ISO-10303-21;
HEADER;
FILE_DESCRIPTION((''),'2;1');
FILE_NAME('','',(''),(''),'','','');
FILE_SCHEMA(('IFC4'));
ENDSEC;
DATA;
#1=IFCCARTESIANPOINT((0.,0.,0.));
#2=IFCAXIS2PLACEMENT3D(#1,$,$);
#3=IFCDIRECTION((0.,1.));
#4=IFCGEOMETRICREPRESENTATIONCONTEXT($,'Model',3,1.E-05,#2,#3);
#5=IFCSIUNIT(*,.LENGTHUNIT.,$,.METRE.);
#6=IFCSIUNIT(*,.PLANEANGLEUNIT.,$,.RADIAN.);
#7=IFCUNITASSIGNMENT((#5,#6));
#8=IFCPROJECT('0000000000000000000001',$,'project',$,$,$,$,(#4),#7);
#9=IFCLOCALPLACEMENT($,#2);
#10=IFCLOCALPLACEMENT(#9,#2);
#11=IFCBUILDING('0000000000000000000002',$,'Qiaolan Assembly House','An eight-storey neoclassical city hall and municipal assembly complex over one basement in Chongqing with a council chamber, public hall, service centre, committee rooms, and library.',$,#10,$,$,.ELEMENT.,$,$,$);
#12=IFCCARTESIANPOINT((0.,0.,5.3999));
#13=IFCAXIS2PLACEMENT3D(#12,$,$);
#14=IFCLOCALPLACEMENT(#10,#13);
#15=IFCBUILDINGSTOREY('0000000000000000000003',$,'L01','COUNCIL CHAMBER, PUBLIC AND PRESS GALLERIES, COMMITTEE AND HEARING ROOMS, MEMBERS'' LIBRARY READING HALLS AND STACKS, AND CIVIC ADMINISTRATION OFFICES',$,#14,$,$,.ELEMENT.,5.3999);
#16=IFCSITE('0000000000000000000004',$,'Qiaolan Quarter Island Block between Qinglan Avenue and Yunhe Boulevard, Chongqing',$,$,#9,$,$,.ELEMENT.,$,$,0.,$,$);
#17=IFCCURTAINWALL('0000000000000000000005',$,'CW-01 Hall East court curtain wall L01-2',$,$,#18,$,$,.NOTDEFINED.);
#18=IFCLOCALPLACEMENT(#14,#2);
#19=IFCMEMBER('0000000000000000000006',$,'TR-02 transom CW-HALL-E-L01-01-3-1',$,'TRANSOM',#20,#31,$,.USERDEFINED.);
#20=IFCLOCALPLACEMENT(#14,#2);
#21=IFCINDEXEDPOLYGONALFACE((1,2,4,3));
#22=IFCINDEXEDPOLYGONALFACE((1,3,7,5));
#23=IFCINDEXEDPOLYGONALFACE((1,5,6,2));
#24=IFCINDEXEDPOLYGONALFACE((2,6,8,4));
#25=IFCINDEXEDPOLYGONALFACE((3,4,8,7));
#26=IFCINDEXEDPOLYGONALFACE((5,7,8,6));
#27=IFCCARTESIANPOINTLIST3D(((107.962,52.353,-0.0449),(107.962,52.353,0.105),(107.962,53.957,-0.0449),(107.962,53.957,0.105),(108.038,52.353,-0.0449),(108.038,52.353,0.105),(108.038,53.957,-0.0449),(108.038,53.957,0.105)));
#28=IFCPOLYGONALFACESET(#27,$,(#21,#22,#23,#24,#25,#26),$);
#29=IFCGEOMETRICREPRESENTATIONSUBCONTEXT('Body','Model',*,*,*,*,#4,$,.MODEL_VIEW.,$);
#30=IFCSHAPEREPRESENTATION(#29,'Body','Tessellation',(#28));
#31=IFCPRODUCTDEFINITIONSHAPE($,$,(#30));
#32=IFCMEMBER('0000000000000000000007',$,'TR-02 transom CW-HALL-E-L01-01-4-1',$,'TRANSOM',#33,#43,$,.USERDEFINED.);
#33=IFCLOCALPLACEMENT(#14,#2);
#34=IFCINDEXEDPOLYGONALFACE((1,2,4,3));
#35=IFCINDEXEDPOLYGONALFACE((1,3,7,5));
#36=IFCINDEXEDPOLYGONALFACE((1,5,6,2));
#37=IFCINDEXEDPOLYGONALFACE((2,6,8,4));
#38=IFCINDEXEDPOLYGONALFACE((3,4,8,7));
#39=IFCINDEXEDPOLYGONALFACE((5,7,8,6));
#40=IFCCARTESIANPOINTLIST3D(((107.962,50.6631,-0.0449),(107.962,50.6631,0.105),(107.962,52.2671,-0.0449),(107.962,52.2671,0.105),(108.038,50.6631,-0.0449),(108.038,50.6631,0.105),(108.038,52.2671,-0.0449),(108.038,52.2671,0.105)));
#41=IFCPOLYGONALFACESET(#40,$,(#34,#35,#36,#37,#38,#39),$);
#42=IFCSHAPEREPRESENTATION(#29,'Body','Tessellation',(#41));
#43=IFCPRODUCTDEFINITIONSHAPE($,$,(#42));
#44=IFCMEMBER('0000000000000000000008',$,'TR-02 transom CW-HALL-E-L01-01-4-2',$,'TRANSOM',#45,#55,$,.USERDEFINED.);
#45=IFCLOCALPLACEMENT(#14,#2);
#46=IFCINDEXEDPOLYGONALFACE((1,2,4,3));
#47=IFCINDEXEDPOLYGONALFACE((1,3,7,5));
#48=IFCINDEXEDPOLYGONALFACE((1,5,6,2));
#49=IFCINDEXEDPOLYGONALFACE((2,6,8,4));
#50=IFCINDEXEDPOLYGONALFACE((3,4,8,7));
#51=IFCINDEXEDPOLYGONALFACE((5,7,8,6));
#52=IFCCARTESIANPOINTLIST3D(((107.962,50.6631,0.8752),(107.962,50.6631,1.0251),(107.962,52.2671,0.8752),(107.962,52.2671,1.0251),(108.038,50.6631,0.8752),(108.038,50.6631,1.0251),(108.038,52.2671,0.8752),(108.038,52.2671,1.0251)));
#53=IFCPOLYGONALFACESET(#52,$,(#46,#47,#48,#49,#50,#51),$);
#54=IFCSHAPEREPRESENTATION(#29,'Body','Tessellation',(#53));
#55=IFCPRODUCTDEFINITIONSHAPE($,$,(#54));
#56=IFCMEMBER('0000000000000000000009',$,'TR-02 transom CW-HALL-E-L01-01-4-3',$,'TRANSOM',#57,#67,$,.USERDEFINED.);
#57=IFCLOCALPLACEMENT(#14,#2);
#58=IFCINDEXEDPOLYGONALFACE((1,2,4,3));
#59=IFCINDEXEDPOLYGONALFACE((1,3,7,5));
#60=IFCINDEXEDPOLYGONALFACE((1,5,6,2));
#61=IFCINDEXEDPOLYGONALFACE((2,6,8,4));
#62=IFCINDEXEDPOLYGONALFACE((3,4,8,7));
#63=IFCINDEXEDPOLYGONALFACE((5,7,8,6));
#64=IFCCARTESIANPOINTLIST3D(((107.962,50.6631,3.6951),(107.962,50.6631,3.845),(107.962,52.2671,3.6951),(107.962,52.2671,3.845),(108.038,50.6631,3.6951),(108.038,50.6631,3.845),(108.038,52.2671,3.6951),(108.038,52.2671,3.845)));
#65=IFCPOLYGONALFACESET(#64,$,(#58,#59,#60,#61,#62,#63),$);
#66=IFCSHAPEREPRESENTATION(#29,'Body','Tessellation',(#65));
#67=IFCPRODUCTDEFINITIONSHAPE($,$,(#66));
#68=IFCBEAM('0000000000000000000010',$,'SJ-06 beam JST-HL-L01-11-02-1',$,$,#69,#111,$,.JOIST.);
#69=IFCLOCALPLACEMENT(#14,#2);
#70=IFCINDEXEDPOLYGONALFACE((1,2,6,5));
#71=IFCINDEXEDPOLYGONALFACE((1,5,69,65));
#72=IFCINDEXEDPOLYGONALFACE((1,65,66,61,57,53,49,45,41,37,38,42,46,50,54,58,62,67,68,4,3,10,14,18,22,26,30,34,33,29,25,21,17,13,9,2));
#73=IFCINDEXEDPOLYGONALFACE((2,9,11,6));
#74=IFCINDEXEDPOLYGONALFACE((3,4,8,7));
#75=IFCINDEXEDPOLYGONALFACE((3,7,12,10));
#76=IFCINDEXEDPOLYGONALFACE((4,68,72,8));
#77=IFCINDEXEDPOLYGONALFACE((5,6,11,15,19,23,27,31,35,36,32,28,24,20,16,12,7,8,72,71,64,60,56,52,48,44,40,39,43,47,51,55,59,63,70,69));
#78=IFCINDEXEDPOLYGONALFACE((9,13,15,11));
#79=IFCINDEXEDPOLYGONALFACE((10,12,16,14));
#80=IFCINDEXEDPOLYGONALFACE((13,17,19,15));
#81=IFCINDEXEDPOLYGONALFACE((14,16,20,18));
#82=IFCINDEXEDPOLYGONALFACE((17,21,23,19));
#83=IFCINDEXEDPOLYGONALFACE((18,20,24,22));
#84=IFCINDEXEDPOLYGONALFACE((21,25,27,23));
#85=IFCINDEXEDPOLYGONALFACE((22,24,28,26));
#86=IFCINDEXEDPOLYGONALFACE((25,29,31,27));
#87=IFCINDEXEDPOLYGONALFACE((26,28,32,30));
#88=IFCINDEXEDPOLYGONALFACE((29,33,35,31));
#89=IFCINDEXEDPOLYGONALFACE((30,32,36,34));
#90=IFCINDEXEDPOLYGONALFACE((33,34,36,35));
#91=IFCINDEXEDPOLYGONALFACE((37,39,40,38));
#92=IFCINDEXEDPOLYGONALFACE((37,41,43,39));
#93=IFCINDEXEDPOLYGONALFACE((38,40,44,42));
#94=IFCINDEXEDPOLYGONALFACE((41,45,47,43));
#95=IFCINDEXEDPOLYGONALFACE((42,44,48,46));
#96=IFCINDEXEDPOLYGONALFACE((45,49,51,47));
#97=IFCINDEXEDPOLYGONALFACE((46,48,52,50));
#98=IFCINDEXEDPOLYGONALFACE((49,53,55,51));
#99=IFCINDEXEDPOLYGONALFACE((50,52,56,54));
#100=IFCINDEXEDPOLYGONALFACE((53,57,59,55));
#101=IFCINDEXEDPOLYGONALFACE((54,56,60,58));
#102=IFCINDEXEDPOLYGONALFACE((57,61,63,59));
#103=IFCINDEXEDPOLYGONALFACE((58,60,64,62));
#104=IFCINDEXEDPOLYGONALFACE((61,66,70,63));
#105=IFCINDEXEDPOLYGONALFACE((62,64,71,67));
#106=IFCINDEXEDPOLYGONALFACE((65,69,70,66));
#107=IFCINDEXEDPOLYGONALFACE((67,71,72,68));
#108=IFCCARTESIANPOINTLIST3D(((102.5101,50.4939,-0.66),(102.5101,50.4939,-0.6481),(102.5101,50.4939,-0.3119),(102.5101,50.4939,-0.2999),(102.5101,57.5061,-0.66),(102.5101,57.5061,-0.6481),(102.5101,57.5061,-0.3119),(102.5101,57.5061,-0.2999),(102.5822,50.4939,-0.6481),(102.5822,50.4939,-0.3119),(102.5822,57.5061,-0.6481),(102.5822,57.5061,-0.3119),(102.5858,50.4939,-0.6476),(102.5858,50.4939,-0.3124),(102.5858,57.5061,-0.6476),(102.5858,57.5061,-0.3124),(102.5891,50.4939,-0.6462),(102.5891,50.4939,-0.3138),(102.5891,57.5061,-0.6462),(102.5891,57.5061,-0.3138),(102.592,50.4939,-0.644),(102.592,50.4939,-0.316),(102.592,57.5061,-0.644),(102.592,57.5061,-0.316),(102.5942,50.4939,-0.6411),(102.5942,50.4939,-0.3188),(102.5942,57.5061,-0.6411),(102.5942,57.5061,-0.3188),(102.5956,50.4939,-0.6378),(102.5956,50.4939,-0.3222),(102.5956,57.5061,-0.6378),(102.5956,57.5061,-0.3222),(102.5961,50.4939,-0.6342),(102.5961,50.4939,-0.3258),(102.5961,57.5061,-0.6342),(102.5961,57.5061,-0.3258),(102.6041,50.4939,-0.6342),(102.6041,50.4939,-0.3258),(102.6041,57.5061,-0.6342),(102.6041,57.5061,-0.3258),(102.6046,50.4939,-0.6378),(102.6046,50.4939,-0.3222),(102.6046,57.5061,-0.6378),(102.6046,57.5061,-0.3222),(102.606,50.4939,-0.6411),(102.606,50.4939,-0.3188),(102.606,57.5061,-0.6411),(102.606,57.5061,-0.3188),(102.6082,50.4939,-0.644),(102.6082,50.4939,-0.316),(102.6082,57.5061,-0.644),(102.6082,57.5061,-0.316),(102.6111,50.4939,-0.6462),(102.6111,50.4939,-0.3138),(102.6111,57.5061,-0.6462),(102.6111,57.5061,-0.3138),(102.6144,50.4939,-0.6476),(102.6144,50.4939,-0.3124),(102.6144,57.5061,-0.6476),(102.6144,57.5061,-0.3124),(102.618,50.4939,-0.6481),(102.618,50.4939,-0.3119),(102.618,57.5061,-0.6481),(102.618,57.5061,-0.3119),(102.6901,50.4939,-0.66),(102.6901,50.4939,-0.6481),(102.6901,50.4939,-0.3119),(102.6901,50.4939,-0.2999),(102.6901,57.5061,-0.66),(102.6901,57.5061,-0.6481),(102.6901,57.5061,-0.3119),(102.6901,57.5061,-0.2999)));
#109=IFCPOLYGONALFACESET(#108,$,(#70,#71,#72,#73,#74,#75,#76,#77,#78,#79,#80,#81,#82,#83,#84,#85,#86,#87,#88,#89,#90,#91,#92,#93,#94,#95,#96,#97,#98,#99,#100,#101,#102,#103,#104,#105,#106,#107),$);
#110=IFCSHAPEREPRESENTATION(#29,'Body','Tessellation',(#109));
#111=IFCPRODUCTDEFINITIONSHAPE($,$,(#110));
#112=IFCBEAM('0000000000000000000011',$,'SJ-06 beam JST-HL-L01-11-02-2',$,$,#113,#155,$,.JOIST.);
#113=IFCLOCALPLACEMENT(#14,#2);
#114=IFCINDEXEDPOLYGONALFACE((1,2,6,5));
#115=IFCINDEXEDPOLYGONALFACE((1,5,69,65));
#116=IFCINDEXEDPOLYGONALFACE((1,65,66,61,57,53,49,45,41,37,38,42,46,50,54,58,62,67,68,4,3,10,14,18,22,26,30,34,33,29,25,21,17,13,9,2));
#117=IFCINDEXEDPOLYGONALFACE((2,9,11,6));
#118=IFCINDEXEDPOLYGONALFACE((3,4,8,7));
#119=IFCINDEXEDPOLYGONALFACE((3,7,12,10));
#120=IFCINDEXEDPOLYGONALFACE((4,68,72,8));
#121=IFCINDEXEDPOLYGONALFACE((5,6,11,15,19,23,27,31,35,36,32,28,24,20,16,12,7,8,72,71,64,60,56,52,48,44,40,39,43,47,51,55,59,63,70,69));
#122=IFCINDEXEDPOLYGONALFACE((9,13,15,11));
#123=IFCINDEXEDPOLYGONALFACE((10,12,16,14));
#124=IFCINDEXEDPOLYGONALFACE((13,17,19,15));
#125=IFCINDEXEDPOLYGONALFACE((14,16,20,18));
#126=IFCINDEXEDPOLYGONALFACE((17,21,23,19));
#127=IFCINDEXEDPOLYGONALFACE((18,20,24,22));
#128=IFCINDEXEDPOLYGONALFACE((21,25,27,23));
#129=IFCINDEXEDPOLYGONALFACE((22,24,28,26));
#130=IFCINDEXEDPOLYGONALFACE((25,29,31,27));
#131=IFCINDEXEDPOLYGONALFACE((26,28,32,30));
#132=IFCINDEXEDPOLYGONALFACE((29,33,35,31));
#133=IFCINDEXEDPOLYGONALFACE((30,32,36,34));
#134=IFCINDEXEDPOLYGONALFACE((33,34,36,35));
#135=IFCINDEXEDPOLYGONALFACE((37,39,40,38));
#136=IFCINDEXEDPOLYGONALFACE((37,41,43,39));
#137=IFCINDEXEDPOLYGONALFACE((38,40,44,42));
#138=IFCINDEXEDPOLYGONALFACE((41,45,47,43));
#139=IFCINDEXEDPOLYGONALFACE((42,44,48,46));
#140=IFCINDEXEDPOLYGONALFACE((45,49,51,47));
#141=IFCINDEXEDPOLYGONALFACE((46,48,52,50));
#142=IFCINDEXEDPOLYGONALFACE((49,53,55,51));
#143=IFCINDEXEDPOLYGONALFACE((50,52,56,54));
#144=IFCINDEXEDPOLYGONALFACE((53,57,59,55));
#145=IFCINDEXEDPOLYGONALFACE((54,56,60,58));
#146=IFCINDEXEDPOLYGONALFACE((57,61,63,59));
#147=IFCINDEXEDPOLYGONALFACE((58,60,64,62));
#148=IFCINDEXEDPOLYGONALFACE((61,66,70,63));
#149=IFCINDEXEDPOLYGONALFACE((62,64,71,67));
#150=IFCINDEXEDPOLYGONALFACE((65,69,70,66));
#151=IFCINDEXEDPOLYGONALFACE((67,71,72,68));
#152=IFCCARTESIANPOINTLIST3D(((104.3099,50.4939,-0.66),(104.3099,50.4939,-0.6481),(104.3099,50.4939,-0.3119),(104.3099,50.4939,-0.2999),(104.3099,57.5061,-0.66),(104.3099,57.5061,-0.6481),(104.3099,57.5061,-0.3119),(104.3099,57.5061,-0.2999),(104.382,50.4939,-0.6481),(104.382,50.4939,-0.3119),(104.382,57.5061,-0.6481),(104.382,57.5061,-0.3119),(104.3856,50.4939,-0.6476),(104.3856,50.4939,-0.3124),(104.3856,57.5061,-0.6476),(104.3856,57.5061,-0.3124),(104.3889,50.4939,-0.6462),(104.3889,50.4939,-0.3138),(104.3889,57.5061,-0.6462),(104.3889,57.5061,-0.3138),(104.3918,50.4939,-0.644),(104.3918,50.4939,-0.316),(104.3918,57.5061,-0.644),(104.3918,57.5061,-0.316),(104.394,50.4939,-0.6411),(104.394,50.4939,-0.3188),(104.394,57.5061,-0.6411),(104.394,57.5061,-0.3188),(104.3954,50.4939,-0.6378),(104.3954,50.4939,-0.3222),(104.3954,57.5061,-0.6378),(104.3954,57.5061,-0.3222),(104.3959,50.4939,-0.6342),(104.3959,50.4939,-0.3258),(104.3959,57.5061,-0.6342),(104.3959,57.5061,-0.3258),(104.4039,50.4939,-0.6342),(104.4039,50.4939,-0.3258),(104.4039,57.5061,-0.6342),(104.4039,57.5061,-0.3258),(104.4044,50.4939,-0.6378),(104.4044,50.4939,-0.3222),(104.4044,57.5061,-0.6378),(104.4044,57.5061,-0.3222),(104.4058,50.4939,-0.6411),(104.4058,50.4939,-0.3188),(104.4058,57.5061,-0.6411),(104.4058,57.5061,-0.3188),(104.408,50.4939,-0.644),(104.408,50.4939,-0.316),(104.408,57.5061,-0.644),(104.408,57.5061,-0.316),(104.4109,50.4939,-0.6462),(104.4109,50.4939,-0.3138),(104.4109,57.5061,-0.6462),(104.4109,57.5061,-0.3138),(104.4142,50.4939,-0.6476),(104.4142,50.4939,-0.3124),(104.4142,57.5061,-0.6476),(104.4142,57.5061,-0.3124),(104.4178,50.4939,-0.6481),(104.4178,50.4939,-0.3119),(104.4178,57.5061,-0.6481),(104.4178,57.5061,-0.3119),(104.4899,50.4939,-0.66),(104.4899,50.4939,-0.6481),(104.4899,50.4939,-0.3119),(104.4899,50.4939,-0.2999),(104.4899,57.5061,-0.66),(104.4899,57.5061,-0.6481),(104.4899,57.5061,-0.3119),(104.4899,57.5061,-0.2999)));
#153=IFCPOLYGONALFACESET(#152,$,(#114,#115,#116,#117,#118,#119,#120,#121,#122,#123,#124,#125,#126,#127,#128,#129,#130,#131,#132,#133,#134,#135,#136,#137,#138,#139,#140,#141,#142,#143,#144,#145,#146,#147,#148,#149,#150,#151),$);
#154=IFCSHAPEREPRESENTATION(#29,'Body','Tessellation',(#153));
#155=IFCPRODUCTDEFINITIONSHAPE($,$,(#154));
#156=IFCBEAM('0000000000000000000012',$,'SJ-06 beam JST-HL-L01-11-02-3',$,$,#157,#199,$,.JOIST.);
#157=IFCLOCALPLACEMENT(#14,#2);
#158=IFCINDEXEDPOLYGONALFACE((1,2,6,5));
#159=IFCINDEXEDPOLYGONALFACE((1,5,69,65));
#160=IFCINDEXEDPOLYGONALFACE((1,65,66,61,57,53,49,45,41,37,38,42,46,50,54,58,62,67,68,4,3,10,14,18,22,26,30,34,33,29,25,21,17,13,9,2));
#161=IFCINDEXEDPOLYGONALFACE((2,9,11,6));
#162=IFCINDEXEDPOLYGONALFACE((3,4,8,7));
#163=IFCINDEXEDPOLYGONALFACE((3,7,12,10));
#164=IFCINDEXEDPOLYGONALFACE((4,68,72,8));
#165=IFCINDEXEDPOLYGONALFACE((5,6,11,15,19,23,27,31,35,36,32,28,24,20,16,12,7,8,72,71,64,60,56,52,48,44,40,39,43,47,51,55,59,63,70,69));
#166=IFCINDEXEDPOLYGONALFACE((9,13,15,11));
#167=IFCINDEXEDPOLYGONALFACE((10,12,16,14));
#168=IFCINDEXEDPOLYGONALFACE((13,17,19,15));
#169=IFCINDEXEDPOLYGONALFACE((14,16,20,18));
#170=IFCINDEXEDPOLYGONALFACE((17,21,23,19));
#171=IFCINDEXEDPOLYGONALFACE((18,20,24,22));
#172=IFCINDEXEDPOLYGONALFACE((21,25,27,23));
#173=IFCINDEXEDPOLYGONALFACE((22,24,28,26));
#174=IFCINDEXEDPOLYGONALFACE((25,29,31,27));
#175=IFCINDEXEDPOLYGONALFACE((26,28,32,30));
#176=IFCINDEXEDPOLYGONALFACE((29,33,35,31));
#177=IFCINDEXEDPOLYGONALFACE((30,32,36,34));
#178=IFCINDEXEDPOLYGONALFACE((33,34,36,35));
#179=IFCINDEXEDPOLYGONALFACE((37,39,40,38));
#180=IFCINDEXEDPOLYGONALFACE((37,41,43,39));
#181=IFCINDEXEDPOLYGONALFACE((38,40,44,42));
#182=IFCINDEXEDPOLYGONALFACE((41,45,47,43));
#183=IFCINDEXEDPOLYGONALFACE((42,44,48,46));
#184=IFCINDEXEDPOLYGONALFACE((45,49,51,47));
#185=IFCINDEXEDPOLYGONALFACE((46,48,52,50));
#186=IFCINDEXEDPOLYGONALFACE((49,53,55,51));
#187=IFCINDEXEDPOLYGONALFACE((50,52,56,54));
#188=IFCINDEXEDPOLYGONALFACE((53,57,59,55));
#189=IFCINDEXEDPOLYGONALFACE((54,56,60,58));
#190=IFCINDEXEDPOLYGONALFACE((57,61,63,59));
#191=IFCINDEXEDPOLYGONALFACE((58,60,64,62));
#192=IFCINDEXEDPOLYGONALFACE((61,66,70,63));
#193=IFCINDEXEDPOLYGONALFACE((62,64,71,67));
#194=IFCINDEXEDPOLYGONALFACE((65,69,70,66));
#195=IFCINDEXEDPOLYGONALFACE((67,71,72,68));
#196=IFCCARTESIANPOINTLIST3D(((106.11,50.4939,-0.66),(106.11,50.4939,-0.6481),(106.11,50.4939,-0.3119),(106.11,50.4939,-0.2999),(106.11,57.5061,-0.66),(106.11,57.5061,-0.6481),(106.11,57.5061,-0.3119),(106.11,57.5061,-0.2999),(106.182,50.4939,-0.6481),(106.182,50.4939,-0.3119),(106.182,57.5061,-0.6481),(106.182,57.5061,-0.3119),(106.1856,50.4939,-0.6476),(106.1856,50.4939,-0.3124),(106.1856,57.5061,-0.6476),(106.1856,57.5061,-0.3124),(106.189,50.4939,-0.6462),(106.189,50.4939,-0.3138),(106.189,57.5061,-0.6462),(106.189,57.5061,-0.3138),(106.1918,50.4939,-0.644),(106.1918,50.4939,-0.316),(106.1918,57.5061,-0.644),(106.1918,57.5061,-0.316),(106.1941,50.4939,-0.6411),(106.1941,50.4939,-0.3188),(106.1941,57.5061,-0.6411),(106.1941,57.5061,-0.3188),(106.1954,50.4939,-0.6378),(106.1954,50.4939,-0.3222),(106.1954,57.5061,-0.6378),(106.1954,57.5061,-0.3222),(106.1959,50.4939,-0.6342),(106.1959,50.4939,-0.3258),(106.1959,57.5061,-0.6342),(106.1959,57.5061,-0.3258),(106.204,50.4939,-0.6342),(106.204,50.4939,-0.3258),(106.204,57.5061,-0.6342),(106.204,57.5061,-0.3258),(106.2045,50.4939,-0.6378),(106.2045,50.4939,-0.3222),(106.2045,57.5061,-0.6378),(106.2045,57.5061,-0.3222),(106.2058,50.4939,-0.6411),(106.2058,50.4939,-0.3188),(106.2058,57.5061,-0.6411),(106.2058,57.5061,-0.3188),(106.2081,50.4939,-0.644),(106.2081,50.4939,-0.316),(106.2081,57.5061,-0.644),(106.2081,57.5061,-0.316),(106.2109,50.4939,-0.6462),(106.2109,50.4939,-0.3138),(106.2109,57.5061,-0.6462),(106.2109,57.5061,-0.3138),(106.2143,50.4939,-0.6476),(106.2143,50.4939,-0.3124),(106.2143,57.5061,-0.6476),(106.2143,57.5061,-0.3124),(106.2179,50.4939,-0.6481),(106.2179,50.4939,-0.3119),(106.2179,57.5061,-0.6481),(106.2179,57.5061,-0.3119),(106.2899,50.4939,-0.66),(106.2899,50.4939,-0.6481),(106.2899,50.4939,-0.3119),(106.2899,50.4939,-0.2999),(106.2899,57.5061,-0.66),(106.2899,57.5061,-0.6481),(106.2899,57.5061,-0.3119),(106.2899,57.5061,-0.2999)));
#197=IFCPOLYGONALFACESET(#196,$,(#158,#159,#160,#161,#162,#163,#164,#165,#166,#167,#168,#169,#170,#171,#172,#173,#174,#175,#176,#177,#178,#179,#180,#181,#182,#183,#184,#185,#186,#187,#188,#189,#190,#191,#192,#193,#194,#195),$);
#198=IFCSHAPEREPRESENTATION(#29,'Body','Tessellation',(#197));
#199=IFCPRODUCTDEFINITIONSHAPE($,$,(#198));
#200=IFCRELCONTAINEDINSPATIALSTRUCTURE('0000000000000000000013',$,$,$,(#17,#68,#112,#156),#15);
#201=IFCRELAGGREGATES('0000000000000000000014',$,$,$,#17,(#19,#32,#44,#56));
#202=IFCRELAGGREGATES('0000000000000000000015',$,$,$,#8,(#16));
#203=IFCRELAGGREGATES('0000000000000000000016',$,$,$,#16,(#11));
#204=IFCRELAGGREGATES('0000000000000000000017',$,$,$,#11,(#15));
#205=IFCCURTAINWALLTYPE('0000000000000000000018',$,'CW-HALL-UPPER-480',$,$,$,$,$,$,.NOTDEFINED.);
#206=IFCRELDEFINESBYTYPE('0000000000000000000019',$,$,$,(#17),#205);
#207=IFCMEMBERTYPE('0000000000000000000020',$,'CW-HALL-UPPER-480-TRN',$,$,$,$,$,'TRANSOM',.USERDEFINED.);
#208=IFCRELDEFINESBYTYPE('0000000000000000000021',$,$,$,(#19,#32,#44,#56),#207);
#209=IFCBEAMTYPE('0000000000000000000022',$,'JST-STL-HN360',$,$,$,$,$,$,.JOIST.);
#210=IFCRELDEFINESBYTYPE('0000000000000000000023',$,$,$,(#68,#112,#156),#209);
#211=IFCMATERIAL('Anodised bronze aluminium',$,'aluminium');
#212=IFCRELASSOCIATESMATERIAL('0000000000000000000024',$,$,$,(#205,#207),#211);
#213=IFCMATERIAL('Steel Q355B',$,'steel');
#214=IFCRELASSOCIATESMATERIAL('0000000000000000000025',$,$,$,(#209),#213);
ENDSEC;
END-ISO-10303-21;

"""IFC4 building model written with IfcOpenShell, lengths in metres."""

from ifc_helpers import new_model, si_unit, direction, frame, origin, origin_2d, place, context, subcontext, project, spatial, rectangle, i_section, extrude, material, material_profile, profile_set, type_object, element, aggregate, save


model = new_model("IFC4")

# Units and contexts
model_context = context("Model", 3, precision=1e-05, world=origin(), true_north=direction((0.0, 1.0)))
body_context = subcontext(model_context, "Body", "Model", "MODEL_VIEW")
ifc_project = project(units=[si_unit("LENGTHUNIT", "METRE"), si_unit("PLANEANGLEUNIT", "RADIAN")], contexts=[model_context])

# Site, building, storey
site_placement = place(None, origin())
site = spatial("IfcSite", under=ifc_project, at=site_placement, Name="Qiaolan Quarter Island Block between Qinglan Avenue and Yunhe Boulevard, Chongqing", CompositionType="ELEMENT", RefElevation=0.0)
building_placement = place(site_placement, origin())
building = spatial("IfcBuilding", under=site, at=building_placement, Name="Qiaolan Assembly House", Description="An eight-storey neoclassical city hall and municipal assembly complex over one basement in Chongqing with a council chamber, public hall, service centre, committee rooms, and library.", CompositionType="ELEMENT")
storey_placement = place(building_placement, frame((0.0, 0.0, 5.3999)))
storey = spatial("IfcBuildingStorey", under=building, at=storey_placement, Name="L01", Description="COUNCIL CHAMBER, PUBLIC AND PRESS GALLERIES, COMMITTEE AND HEARING ROOMS, MEMBERS' LIBRARY READING HALLS AND STACKS, AND CIVIC ADMINISTRATION OFFICES", CompositionType="ELEMENT", Elevation=5.3999)

# Shared definitions
ifc_material_1 = material(Name="Steel Q355B", Category="steel")

# Curtain wall
ifc_material_2 = material(Name="Anodised bronze aluminium", Category="aluminium")
curtain_wall_type = type_object("IfcCurtainWallType", Name="CW-HALL-UPPER-480", PredefinedType="NOTDEFINED", material=ifc_material_2)
curtain_wall_1_placement = place(storey_placement, origin())
curtain_wall_1 = element("IfcCurtainWall", 1, at=curtain_wall_1_placement, inside=storey, type_object=curtain_wall_type, Name="CW-01 Hall East court curtain wall L01-2", PredefinedType="NOTDEFINED")

# Members
ifc_material_profile_1 = material_profile(ifc_material_2, rectangle(XDim=0.0759, YDim=0.1499, at=origin_2d()), Name="TRN 76x150")
ifc_profile_set_1 = profile_set([ifc_material_profile_1], Name="Anodised bronze aluminium")
member_type_1 = type_object("IfcMemberType", Name="CW-HALL-UPPER-480-TRN", ElementType="TRANSOM", PredefinedType="USERDEFINED", material=ifc_profile_set_1)
member_1_placement = place(storey_placement, frame((108.0, 53.957, 0.03), z_axis=(0.0, -1.0, 0.0), x_axis=(1.0, 0.0, 0.0)))
member_1 = element("IfcMember", 2, at=member_1_placement, type_object=member_type_1, Name="TR-02 transom CW-HALL-E-L01-01-3-1", ObjectType="TRANSOM", PredefinedType="USERDEFINED", context=body_context, shape_type="SweptSolid", body=[
    extrude(rectangle(XDim=0.0759, YDim=0.1499, at=origin_2d()), origin(), (0.0, 0.0, 1.0), 1.604),
])
member_2_placement = place(storey_placement, frame((108.0, 52.2671, 0.03), z_axis=(0.0, -1.0, 0.0), x_axis=(1.0, 0.0, 0.0)))
member_2 = element("IfcMember", 3, at=member_2_placement, type_object=member_type_1, Name="TR-02 transom CW-HALL-E-L01-01-4-1", ObjectType="TRANSOM", PredefinedType="USERDEFINED", context=body_context, shape_type="SweptSolid", body=[
    extrude(rectangle(XDim=0.0759, YDim=0.1499, at=origin_2d()), origin(), (0.0, 0.0, 1.0), 1.604),
])
member_3_placement = place(storey_placement, frame((108.0, 52.2671, 0.9502), z_axis=(0.0, -1.0, 0.0), x_axis=(1.0, 0.0, 0.0)))
member_3 = element("IfcMember", 4, at=member_3_placement, type_object=member_type_1, Name="TR-02 transom CW-HALL-E-L01-01-4-2", ObjectType="TRANSOM", PredefinedType="USERDEFINED", context=body_context, shape_type="SweptSolid", body=[
    extrude(rectangle(XDim=0.0759, YDim=0.1499, at=origin_2d()), origin(), (0.0, 0.0, 1.0), 1.604),
])
member_4_placement = place(storey_placement, frame((108.0, 52.2671, 3.77), z_axis=(0.0, -1.0, 0.0), x_axis=(1.0, 0.0, 0.0)))
member_4 = element("IfcMember", 5, at=member_4_placement, type_object=member_type_1, Name="TR-02 transom CW-HALL-E-L01-01-4-3", ObjectType="TRANSOM", PredefinedType="USERDEFINED", context=body_context, shape_type="SweptSolid", body=[
    extrude(rectangle(XDim=0.0759, YDim=0.1499, at=origin_2d()), origin(), (0.0, 0.0, 1.0), 1.604),
])

# Beams
ifc_material_profile_2 = material_profile(ifc_material_1, i_section(OverallWidth=0.1799, OverallDepth=0.3601, WebThickness=0.0081, FlangeThickness=0.012, FilletRadius=0.0139, at=origin_2d()), Name="HN 360x180x8x12")
ifc_profile_set_2 = profile_set([ifc_material_profile_2], Name="Steel Q355B")
beam_type_1 = type_object("IfcBeamType", Name="JST-STL-HN360", PredefinedType="JOIST", material=ifc_profile_set_2)
for number, where, z_axis, x_axis, name in (
    (6, (102.6001, 50.4939, -0.48), (0.0, 1.0, 0.0), (-1.0, 0.0, 0.0), "SJ-06 beam JST-HL-L01-11-02-1"),
    (7, (104.3999, 50.4939, -0.48), (0.0, 1.0, 0.0), (-1.0, 0.0, 0.0), "SJ-06 beam JST-HL-L01-11-02-2"),
    (8, (106.2, 50.4939, -0.48), (0.0, 1.0, 0.0), (-1.0, 0.0, 0.0), "SJ-06 beam JST-HL-L01-11-02-3"),
):
    element("IfcBeam", number, at=place(storey_placement, frame(where, z_axis=z_axis, x_axis=x_axis)), inside=storey, type_object=beam_type_1, Name=name, PredefinedType="JOIST", context=body_context, shape_type="SweptSolid", body=[
        extrude(i_section(OverallWidth=0.1799, OverallDepth=0.3601, WebThickness=0.0081, FlangeThickness=0.012, FilletRadius=0.0139, at=origin_2d()), origin(), (0.0, 0.0, 1.0), 7.0122),
    ])

aggregate(curtain_wall_1, [member_1, member_2, member_3, member_4])

save(model, "model.ifc")
